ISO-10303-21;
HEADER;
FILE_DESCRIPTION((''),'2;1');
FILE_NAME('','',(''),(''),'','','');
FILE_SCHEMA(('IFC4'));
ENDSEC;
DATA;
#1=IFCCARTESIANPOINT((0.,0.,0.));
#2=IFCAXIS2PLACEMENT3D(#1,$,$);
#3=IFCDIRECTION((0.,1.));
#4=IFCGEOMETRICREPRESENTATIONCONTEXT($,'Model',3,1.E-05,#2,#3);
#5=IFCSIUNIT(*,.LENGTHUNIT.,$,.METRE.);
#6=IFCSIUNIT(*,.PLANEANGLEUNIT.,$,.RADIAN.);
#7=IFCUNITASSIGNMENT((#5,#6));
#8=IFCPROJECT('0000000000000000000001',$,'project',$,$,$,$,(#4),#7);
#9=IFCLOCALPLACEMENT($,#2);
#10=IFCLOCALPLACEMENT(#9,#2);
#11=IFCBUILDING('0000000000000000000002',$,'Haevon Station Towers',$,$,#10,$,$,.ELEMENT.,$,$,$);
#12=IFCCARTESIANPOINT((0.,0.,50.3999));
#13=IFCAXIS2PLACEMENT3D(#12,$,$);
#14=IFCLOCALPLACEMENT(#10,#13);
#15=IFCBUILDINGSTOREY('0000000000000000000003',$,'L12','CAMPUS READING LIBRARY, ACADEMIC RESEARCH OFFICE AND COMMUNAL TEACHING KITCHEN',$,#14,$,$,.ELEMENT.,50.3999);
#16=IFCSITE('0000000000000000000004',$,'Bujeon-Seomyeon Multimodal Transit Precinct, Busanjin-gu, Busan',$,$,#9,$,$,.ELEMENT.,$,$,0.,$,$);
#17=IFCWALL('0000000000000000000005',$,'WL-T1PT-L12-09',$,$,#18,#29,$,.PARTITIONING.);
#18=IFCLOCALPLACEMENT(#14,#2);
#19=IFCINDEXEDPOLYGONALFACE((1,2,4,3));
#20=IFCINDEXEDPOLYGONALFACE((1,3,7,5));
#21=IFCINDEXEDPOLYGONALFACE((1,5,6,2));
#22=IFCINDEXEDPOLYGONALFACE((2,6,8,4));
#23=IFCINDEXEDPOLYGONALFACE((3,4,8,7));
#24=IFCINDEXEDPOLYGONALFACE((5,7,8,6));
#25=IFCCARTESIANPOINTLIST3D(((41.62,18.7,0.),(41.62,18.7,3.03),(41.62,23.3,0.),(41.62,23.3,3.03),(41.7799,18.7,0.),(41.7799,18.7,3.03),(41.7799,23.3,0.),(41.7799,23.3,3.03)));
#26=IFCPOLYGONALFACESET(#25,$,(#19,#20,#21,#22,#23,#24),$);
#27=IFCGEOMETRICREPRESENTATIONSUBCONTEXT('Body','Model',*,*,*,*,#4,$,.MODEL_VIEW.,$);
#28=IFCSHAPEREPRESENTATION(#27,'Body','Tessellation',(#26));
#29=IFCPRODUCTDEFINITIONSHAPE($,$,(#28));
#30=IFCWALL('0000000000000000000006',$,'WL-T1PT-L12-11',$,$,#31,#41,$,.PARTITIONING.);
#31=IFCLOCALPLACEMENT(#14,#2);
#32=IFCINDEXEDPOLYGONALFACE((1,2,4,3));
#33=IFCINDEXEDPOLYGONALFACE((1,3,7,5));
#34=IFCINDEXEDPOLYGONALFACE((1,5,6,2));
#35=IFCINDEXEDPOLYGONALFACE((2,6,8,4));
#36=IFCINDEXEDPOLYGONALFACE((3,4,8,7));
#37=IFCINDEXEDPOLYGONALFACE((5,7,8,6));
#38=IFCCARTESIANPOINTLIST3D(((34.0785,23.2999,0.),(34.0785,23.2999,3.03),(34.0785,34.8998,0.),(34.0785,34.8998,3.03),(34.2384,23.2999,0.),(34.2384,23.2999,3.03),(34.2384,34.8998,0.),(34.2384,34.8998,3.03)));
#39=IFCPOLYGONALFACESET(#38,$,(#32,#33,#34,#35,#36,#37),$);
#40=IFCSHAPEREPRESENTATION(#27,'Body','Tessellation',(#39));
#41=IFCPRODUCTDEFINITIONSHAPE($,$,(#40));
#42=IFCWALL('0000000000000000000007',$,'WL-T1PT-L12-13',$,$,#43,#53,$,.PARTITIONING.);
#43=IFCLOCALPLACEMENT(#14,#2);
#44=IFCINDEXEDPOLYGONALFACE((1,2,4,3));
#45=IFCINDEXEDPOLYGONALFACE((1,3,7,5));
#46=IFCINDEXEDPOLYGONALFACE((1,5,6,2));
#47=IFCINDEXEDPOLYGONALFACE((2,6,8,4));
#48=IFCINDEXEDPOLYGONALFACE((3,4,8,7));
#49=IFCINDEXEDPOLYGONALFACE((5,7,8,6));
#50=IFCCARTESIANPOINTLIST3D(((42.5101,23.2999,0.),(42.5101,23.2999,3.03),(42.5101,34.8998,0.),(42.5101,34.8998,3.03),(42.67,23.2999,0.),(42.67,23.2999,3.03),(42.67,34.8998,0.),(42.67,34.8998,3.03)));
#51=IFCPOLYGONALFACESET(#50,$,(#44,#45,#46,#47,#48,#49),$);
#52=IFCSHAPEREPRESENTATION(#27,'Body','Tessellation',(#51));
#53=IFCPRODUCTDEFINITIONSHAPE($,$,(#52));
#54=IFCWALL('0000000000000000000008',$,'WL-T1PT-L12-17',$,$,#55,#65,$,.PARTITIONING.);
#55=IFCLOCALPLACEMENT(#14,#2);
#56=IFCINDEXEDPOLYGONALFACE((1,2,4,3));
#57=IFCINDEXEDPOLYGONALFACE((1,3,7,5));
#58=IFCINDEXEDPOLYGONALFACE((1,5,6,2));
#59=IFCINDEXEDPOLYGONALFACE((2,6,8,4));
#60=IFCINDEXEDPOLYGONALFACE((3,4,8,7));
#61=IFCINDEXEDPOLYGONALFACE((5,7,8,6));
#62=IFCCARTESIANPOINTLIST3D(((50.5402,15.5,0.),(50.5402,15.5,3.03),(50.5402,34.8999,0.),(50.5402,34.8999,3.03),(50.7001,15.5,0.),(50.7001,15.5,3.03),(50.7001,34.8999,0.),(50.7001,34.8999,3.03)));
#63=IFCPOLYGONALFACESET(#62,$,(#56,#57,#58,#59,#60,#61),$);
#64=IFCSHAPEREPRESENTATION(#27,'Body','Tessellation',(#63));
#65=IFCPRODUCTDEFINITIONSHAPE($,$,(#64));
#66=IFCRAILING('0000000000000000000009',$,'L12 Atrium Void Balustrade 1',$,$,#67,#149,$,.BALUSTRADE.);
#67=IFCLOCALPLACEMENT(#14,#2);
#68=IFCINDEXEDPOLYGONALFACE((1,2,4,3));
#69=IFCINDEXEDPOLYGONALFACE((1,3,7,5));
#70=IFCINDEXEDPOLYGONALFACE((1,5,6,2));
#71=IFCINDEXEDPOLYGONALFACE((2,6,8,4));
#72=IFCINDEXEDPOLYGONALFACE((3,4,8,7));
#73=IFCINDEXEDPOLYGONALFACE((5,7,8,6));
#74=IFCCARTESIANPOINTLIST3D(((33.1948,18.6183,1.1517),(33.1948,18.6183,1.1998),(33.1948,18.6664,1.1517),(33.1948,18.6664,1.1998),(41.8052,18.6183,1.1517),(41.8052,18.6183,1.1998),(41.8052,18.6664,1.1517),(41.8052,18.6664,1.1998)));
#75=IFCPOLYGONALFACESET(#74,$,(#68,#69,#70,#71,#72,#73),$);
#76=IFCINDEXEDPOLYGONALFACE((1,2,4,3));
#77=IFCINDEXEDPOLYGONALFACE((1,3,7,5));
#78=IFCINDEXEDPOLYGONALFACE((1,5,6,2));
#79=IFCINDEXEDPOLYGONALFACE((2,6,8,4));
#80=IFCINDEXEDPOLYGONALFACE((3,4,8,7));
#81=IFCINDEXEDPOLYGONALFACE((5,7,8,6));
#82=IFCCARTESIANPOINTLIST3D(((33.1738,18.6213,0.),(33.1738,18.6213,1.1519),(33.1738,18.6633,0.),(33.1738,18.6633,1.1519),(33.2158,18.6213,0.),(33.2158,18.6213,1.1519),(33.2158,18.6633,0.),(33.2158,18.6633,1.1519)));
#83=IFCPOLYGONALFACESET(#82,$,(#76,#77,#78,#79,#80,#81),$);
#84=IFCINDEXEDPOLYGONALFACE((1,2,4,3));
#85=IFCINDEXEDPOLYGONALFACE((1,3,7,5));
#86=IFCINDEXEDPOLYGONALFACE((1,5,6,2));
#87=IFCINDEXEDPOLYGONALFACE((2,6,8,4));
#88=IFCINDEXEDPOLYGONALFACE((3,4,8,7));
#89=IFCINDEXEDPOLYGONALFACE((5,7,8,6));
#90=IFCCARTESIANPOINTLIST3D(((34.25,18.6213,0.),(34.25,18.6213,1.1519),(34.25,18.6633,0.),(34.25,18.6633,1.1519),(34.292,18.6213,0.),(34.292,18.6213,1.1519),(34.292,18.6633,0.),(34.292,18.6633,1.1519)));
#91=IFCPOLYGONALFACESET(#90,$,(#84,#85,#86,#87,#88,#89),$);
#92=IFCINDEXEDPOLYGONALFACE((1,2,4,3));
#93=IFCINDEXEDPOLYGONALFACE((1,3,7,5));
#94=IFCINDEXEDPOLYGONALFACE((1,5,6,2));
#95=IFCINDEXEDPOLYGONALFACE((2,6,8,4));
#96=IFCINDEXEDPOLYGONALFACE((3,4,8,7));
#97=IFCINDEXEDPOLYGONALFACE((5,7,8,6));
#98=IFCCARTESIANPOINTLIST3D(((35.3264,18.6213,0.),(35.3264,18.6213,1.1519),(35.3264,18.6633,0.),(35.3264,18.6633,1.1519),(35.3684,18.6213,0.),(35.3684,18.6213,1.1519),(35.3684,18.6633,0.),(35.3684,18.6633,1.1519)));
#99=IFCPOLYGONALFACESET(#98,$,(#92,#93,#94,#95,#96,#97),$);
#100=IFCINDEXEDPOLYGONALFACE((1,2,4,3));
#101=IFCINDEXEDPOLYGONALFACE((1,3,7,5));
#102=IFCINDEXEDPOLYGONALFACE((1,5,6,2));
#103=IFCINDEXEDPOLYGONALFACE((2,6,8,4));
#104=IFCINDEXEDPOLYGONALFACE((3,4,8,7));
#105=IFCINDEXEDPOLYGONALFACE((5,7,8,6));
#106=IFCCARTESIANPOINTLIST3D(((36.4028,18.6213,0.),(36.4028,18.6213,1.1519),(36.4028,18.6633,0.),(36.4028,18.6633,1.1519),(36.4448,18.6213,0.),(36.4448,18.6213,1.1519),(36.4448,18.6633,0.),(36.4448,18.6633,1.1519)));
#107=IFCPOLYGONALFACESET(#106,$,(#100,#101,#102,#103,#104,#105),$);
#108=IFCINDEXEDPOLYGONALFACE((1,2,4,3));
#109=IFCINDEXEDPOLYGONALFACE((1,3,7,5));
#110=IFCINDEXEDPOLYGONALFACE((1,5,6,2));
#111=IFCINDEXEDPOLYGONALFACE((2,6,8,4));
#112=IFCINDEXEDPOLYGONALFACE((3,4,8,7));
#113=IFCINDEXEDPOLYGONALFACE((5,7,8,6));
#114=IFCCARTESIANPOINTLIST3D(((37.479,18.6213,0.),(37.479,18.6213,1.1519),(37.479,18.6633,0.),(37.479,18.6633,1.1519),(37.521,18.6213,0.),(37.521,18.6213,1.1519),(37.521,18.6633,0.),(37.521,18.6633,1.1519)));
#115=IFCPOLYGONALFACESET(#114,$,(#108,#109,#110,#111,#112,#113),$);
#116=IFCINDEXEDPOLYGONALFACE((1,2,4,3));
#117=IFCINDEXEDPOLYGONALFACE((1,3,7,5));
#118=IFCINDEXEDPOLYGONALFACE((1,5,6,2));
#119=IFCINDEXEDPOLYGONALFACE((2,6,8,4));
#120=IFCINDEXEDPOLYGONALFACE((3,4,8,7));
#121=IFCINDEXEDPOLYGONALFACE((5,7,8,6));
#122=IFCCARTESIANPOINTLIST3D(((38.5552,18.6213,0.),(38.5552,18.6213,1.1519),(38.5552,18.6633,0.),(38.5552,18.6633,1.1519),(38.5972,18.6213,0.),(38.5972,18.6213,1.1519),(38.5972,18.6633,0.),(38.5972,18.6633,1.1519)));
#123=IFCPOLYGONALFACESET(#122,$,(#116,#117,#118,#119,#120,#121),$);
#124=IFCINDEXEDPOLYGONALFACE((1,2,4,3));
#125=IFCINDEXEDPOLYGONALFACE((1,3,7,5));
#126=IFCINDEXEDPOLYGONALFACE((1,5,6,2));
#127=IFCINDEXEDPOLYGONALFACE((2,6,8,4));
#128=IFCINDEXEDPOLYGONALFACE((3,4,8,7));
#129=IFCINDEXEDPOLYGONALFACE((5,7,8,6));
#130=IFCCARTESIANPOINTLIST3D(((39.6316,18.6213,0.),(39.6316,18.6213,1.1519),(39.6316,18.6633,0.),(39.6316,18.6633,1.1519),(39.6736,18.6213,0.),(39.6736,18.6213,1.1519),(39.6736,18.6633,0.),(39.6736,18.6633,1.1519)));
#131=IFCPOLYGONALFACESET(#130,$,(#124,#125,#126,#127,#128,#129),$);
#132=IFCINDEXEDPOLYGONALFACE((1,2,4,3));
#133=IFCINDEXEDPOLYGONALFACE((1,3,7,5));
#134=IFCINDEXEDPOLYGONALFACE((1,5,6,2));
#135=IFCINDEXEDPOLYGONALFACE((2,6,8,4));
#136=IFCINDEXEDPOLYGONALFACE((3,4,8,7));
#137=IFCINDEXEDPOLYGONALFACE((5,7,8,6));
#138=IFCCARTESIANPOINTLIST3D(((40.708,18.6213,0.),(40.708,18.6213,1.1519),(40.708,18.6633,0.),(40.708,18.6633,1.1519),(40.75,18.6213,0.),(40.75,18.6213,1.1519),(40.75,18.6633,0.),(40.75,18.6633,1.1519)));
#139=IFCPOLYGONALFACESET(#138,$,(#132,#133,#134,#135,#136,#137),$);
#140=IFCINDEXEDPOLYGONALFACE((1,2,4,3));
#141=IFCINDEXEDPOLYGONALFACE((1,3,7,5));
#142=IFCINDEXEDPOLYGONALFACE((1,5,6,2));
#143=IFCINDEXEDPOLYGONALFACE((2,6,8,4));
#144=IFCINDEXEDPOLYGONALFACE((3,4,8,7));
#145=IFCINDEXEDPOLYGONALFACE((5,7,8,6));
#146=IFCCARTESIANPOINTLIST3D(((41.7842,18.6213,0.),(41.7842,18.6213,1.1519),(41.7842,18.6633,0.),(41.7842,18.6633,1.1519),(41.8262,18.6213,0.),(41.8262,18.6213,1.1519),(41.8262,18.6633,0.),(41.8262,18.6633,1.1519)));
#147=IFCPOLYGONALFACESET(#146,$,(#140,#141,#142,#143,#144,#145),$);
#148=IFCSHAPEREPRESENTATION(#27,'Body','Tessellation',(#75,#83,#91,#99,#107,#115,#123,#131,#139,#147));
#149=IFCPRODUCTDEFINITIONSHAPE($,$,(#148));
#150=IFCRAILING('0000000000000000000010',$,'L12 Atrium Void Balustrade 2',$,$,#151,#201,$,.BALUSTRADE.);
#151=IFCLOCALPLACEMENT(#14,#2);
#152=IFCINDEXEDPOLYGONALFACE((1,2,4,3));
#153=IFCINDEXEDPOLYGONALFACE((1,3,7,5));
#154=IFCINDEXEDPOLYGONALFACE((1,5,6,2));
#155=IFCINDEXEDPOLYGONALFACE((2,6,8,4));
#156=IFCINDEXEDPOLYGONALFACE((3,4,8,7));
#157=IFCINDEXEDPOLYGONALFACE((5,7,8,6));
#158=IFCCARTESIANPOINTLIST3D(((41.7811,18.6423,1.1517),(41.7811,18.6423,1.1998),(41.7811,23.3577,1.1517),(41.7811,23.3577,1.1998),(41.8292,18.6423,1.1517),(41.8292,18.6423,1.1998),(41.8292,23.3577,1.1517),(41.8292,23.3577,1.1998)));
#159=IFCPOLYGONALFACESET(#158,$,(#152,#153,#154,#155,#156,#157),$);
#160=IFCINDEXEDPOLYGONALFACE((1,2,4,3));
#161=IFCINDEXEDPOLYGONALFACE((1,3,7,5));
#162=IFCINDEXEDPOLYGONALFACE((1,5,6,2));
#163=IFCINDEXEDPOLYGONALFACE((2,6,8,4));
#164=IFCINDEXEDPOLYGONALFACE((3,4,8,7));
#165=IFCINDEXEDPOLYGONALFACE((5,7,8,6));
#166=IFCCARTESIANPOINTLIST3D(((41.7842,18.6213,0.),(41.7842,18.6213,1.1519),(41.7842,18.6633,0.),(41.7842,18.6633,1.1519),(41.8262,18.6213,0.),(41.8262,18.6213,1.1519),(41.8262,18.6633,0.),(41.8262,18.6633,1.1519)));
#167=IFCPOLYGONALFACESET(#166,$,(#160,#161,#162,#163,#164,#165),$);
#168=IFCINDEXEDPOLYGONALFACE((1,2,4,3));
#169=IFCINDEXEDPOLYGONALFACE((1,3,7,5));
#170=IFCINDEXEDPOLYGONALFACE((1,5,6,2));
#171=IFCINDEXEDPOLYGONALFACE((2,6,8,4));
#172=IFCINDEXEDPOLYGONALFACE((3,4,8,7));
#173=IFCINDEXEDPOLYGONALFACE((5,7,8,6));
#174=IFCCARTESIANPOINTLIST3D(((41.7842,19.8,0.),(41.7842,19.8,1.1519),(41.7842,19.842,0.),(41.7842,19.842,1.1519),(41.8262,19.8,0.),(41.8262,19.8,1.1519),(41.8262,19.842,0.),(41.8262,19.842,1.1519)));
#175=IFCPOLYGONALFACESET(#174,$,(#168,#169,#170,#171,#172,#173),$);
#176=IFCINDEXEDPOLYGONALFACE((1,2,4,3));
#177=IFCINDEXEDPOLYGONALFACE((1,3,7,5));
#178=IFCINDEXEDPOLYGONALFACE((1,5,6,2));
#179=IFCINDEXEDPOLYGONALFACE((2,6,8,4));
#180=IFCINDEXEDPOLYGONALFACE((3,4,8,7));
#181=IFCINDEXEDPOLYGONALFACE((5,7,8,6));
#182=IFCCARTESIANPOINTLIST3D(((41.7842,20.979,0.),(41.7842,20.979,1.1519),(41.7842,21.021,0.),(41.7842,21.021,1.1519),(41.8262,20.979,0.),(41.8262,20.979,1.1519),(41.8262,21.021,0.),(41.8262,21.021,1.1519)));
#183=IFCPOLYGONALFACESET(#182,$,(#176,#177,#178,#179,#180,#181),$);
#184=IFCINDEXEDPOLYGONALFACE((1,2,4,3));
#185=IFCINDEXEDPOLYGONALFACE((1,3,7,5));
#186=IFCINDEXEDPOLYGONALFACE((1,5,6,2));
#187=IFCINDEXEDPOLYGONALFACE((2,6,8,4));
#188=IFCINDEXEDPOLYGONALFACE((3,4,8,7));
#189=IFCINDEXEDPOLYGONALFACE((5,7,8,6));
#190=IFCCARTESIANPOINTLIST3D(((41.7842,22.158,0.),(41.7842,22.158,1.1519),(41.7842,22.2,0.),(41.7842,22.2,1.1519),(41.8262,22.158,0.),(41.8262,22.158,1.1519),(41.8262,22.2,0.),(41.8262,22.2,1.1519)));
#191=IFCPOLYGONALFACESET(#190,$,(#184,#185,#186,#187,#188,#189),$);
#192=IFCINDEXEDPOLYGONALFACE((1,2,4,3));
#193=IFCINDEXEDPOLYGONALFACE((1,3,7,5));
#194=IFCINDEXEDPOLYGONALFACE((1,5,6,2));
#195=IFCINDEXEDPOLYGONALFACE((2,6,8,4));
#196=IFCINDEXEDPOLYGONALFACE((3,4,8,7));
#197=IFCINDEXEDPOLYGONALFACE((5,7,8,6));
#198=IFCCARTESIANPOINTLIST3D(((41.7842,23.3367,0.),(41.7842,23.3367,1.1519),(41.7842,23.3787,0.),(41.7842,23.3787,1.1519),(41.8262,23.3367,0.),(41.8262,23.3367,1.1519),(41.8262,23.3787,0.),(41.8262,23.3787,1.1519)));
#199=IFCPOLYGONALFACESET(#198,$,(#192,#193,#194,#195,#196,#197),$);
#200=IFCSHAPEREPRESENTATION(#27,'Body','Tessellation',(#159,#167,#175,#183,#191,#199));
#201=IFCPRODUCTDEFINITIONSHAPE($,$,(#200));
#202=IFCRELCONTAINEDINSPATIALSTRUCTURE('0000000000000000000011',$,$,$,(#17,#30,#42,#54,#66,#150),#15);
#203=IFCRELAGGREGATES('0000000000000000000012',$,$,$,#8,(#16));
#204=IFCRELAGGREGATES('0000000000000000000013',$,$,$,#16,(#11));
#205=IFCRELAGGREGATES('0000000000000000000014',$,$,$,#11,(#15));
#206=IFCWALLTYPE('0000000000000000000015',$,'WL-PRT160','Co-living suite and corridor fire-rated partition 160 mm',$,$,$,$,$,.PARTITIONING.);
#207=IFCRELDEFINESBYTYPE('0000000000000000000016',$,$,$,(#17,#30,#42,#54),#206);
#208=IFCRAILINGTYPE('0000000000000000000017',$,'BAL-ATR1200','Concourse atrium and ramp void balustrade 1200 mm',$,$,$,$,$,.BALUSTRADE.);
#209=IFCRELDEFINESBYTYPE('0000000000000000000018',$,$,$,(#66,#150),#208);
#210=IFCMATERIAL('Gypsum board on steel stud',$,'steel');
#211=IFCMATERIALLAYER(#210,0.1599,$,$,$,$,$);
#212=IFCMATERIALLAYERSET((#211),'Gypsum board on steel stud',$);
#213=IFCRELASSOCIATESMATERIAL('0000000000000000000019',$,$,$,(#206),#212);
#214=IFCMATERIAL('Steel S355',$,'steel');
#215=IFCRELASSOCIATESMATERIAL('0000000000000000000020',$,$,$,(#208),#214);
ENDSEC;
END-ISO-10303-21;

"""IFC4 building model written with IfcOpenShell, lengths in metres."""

from ifc_helpers import new_model, si_unit, direction, frame, frame_2d, origin, origin_2d, place, context, subcontext, project, spatial, rectangle, extrude, material, layer, layer_set, type_object, element, save


model = new_model("IFC4")

# Units and contexts
model_context = context("Model", 3, precision=1e-05, world=origin(), true_north=direction((0.0, 1.0)))
body_context = subcontext(model_context, "Body", "Model", "MODEL_VIEW")
ifc_project = project(units=[si_unit("LENGTHUNIT", "METRE"), si_unit("PLANEANGLEUNIT", "RADIAN")], contexts=[model_context])

# Site, building, storey
site_placement = place(None, origin())
site = spatial("IfcSite", under=ifc_project, at=site_placement, Name="Bujeon-Seomyeon Multimodal Transit Precinct, Busanjin-gu, Busan", CompositionType="ELEMENT", RefElevation=0.0)
building_placement = place(site_placement, origin())
building = spatial("IfcBuilding", under=site, at=building_placement, Name="Haevon Station Towers", CompositionType="ELEMENT")
storey_placement = place(building_placement, frame((0.0, 0.0, 50.3999)))
storey = spatial("IfcBuildingStorey", under=building, at=storey_placement, Name="L12", Description="CAMPUS READING LIBRARY, ACADEMIC RESEARCH OFFICE AND COMMUNAL TEACHING KITCHEN", CompositionType="ELEMENT", Elevation=50.3999)

# Shared definitions
ifc_material_1 = material(Name="Steel S355", Category="steel")

# Walls
ifc_material_2 = material(Name="Gypsum board on steel stud", Category="steel")
ifc_layer_1 = layer(ifc_material_2, 0.1599)
ifc_layer_set_1 = layer_set([ifc_layer_1], Name="Gypsum board on steel stud")
wall_type = type_object("IfcWallType", Name="WL-PRT160", Description="Co-living suite and corridor fire-rated partition 160 mm", PredefinedType="PARTITIONING", material=ifc_layer_set_1)
for number, where, z_axis, x_axis, name in (
    (1, (41.7, 18.7, 0.0), (0.0, 0.0, 1.0), (0.0, 1.0, 0.0), "WL-T1PT-L12-09"),
):
    element("IfcWall", number, at=place(storey_placement, frame(where, z_axis=z_axis, x_axis=x_axis)), inside=storey, type_object=wall_type, Name=name, PredefinedType="PARTITIONING", context=body_context, shape_type="SweptSolid", body=[
        extrude(rectangle(XDim=4.6001, YDim=0.1599, at=frame_2d((2.3, 0.0))), origin(), (0.0, 0.0, 1.0), 3.03),
    ])
for number, where, z_axis, x_axis, name in (
    (2, (34.1584, 23.3, 0.0), (0.0, 0.0, 1.0), (0.0, 1.0, 0.0), "WL-T1PT-L12-11"),
    (3, (42.5901, 23.3, 0.0), (0.0, 0.0, 1.0), (0.0, 1.0, 0.0), "WL-T1PT-L12-13"),
):
    element("IfcWall", number, at=place(storey_placement, frame(where, z_axis=z_axis, x_axis=x_axis)), inside=storey, type_object=wall_type, Name=name, PredefinedType="PARTITIONING", context=body_context, shape_type="SweptSolid", body=[
        extrude(rectangle(XDim=11.5999, YDim=0.1599, at=frame_2d((5.7998, 0.0))), origin(), (0.0, 0.0, 1.0), 3.03),
    ])
wall_placement = place(storey_placement, frame((50.6201, 15.5, 0.0), z_axis=(0.0, 0.0, 1.0), x_axis=(0.0, 1.0, 0.0)))
element("IfcWall", 4, at=wall_placement, inside=storey, type_object=wall_type, Name="WL-T1PT-L12-17", PredefinedType="PARTITIONING", context=body_context, shape_type="SweptSolid", body=[
    extrude(rectangle(XDim=19.3999, YDim=0.1599, at=frame_2d((9.7, 0.0))), origin(), (0.0, 0.0, 1.0), 3.03),
])

# Railings
railing_type = type_object("IfcRailingType", Name="BAL-ATR1200", Description="Concourse atrium and ramp void balustrade 1200 mm", PredefinedType="BALUSTRADE", material=ifc_material_1)
railing_1_placement = place(storey_placement, frame((33.1948, 18.6423, 0.0)))
element("IfcRailing", 5, at=railing_1_placement, inside=storey, type_object=railing_type, Name="L12 Atrium Void Balustrade 1", PredefinedType="BALUSTRADE", context=body_context, shape_type="SweptSolid", body=[
    extrude(rectangle(XDim=0.0481, YDim=0.0481, at=origin_2d()), frame((0.0, 0.0, 1.1758), z_axis=(1.0, 0.0, 0.0), x_axis=(0.0, 1.0, 0.0)), (0.0, 0.0, 1.0), 8.6104),
    extrude(rectangle(XDim=0.042, YDim=0.042, at=origin_2d()), origin(), (0.0, 0.0, 1.0), 1.1519),
    extrude(rectangle(XDim=0.042, YDim=0.042, at=origin_2d()), frame((1.0762, 0.0, 0.0)), (0.0, 0.0, 1.0), 1.1519),
    extrude(rectangle(XDim=0.042, YDim=0.042, at=origin_2d()), frame((2.1526, 0.0, 0.0)), (0.0, 0.0, 1.0), 1.1519),
    extrude(rectangle(XDim=0.042, YDim=0.042, at=origin_2d()), frame((3.229, 0.0, 0.0)), (0.0, 0.0, 1.0), 1.1519),
    extrude(rectangle(XDim=0.042, YDim=0.042, at=origin_2d()), frame((4.3052, 0.0, 0.0)), (0.0, 0.0, 1.0), 1.1519),
    extrude(rectangle(XDim=0.042, YDim=0.042, at=origin_2d()), frame((5.3813, 0.0, 0.0)), (0.0, 0.0, 1.0), 1.1519),
    extrude(rectangle(XDim=0.042, YDim=0.042, at=origin_2d()), frame((6.4578, 0.0, 0.0)), (0.0, 0.0, 1.0), 1.1519),
    extrude(rectangle(XDim=0.042, YDim=0.042, at=origin_2d()), frame((7.5342, 0.0, 0.0)), (0.0, 0.0, 1.0), 1.1519),
    extrude(rectangle(XDim=0.042, YDim=0.042, at=origin_2d()), frame((8.6104, 0.0, 0.0)), (0.0, 0.0, 1.0), 1.1519),
])
railing_2_placement = place(storey_placement, frame((41.8052, 18.6423, 0.0)))
element("IfcRailing", 6, at=railing_2_placement, inside=storey, type_object=railing_type, Name="L12 Atrium Void Balustrade 2", PredefinedType="BALUSTRADE", context=body_context, shape_type="SweptSolid", body=[
    extrude(rectangle(XDim=0.0481, YDim=0.0481, at=origin_2d()), frame((0.0, 0.0, 1.1758), z_axis=(0.0, 1.0, 0.0), x_axis=(-1.0, 0.0, 0.0)), (0.0, 0.0, 1.0), 4.7153),
    extrude(rectangle(XDim=0.042, YDim=0.042, at=origin_2d()), origin(), (0.0, 0.0, 1.0), 1.1519),
    extrude(rectangle(XDim=0.042, YDim=0.042, at=origin_2d()), frame((0.0, 1.1787, 0.0)), (0.0, 0.0, 1.0), 1.1519),
    extrude(rectangle(XDim=0.042, YDim=0.042, at=origin_2d()), frame((0.0, 2.3577, 0.0)), (0.0, 0.0, 1.0), 1.1519),
    extrude(rectangle(XDim=0.042, YDim=0.042, at=origin_2d()), frame((0.0, 3.5366, 0.0)), (0.0, 0.0, 1.0), 1.1519),
    extrude(rectangle(XDim=0.042, YDim=0.042, at=origin_2d()), frame((0.0, 4.7153, 0.0)), (0.0, 0.0, 1.0), 1.1519),
])

save(model, "model.ifc")
